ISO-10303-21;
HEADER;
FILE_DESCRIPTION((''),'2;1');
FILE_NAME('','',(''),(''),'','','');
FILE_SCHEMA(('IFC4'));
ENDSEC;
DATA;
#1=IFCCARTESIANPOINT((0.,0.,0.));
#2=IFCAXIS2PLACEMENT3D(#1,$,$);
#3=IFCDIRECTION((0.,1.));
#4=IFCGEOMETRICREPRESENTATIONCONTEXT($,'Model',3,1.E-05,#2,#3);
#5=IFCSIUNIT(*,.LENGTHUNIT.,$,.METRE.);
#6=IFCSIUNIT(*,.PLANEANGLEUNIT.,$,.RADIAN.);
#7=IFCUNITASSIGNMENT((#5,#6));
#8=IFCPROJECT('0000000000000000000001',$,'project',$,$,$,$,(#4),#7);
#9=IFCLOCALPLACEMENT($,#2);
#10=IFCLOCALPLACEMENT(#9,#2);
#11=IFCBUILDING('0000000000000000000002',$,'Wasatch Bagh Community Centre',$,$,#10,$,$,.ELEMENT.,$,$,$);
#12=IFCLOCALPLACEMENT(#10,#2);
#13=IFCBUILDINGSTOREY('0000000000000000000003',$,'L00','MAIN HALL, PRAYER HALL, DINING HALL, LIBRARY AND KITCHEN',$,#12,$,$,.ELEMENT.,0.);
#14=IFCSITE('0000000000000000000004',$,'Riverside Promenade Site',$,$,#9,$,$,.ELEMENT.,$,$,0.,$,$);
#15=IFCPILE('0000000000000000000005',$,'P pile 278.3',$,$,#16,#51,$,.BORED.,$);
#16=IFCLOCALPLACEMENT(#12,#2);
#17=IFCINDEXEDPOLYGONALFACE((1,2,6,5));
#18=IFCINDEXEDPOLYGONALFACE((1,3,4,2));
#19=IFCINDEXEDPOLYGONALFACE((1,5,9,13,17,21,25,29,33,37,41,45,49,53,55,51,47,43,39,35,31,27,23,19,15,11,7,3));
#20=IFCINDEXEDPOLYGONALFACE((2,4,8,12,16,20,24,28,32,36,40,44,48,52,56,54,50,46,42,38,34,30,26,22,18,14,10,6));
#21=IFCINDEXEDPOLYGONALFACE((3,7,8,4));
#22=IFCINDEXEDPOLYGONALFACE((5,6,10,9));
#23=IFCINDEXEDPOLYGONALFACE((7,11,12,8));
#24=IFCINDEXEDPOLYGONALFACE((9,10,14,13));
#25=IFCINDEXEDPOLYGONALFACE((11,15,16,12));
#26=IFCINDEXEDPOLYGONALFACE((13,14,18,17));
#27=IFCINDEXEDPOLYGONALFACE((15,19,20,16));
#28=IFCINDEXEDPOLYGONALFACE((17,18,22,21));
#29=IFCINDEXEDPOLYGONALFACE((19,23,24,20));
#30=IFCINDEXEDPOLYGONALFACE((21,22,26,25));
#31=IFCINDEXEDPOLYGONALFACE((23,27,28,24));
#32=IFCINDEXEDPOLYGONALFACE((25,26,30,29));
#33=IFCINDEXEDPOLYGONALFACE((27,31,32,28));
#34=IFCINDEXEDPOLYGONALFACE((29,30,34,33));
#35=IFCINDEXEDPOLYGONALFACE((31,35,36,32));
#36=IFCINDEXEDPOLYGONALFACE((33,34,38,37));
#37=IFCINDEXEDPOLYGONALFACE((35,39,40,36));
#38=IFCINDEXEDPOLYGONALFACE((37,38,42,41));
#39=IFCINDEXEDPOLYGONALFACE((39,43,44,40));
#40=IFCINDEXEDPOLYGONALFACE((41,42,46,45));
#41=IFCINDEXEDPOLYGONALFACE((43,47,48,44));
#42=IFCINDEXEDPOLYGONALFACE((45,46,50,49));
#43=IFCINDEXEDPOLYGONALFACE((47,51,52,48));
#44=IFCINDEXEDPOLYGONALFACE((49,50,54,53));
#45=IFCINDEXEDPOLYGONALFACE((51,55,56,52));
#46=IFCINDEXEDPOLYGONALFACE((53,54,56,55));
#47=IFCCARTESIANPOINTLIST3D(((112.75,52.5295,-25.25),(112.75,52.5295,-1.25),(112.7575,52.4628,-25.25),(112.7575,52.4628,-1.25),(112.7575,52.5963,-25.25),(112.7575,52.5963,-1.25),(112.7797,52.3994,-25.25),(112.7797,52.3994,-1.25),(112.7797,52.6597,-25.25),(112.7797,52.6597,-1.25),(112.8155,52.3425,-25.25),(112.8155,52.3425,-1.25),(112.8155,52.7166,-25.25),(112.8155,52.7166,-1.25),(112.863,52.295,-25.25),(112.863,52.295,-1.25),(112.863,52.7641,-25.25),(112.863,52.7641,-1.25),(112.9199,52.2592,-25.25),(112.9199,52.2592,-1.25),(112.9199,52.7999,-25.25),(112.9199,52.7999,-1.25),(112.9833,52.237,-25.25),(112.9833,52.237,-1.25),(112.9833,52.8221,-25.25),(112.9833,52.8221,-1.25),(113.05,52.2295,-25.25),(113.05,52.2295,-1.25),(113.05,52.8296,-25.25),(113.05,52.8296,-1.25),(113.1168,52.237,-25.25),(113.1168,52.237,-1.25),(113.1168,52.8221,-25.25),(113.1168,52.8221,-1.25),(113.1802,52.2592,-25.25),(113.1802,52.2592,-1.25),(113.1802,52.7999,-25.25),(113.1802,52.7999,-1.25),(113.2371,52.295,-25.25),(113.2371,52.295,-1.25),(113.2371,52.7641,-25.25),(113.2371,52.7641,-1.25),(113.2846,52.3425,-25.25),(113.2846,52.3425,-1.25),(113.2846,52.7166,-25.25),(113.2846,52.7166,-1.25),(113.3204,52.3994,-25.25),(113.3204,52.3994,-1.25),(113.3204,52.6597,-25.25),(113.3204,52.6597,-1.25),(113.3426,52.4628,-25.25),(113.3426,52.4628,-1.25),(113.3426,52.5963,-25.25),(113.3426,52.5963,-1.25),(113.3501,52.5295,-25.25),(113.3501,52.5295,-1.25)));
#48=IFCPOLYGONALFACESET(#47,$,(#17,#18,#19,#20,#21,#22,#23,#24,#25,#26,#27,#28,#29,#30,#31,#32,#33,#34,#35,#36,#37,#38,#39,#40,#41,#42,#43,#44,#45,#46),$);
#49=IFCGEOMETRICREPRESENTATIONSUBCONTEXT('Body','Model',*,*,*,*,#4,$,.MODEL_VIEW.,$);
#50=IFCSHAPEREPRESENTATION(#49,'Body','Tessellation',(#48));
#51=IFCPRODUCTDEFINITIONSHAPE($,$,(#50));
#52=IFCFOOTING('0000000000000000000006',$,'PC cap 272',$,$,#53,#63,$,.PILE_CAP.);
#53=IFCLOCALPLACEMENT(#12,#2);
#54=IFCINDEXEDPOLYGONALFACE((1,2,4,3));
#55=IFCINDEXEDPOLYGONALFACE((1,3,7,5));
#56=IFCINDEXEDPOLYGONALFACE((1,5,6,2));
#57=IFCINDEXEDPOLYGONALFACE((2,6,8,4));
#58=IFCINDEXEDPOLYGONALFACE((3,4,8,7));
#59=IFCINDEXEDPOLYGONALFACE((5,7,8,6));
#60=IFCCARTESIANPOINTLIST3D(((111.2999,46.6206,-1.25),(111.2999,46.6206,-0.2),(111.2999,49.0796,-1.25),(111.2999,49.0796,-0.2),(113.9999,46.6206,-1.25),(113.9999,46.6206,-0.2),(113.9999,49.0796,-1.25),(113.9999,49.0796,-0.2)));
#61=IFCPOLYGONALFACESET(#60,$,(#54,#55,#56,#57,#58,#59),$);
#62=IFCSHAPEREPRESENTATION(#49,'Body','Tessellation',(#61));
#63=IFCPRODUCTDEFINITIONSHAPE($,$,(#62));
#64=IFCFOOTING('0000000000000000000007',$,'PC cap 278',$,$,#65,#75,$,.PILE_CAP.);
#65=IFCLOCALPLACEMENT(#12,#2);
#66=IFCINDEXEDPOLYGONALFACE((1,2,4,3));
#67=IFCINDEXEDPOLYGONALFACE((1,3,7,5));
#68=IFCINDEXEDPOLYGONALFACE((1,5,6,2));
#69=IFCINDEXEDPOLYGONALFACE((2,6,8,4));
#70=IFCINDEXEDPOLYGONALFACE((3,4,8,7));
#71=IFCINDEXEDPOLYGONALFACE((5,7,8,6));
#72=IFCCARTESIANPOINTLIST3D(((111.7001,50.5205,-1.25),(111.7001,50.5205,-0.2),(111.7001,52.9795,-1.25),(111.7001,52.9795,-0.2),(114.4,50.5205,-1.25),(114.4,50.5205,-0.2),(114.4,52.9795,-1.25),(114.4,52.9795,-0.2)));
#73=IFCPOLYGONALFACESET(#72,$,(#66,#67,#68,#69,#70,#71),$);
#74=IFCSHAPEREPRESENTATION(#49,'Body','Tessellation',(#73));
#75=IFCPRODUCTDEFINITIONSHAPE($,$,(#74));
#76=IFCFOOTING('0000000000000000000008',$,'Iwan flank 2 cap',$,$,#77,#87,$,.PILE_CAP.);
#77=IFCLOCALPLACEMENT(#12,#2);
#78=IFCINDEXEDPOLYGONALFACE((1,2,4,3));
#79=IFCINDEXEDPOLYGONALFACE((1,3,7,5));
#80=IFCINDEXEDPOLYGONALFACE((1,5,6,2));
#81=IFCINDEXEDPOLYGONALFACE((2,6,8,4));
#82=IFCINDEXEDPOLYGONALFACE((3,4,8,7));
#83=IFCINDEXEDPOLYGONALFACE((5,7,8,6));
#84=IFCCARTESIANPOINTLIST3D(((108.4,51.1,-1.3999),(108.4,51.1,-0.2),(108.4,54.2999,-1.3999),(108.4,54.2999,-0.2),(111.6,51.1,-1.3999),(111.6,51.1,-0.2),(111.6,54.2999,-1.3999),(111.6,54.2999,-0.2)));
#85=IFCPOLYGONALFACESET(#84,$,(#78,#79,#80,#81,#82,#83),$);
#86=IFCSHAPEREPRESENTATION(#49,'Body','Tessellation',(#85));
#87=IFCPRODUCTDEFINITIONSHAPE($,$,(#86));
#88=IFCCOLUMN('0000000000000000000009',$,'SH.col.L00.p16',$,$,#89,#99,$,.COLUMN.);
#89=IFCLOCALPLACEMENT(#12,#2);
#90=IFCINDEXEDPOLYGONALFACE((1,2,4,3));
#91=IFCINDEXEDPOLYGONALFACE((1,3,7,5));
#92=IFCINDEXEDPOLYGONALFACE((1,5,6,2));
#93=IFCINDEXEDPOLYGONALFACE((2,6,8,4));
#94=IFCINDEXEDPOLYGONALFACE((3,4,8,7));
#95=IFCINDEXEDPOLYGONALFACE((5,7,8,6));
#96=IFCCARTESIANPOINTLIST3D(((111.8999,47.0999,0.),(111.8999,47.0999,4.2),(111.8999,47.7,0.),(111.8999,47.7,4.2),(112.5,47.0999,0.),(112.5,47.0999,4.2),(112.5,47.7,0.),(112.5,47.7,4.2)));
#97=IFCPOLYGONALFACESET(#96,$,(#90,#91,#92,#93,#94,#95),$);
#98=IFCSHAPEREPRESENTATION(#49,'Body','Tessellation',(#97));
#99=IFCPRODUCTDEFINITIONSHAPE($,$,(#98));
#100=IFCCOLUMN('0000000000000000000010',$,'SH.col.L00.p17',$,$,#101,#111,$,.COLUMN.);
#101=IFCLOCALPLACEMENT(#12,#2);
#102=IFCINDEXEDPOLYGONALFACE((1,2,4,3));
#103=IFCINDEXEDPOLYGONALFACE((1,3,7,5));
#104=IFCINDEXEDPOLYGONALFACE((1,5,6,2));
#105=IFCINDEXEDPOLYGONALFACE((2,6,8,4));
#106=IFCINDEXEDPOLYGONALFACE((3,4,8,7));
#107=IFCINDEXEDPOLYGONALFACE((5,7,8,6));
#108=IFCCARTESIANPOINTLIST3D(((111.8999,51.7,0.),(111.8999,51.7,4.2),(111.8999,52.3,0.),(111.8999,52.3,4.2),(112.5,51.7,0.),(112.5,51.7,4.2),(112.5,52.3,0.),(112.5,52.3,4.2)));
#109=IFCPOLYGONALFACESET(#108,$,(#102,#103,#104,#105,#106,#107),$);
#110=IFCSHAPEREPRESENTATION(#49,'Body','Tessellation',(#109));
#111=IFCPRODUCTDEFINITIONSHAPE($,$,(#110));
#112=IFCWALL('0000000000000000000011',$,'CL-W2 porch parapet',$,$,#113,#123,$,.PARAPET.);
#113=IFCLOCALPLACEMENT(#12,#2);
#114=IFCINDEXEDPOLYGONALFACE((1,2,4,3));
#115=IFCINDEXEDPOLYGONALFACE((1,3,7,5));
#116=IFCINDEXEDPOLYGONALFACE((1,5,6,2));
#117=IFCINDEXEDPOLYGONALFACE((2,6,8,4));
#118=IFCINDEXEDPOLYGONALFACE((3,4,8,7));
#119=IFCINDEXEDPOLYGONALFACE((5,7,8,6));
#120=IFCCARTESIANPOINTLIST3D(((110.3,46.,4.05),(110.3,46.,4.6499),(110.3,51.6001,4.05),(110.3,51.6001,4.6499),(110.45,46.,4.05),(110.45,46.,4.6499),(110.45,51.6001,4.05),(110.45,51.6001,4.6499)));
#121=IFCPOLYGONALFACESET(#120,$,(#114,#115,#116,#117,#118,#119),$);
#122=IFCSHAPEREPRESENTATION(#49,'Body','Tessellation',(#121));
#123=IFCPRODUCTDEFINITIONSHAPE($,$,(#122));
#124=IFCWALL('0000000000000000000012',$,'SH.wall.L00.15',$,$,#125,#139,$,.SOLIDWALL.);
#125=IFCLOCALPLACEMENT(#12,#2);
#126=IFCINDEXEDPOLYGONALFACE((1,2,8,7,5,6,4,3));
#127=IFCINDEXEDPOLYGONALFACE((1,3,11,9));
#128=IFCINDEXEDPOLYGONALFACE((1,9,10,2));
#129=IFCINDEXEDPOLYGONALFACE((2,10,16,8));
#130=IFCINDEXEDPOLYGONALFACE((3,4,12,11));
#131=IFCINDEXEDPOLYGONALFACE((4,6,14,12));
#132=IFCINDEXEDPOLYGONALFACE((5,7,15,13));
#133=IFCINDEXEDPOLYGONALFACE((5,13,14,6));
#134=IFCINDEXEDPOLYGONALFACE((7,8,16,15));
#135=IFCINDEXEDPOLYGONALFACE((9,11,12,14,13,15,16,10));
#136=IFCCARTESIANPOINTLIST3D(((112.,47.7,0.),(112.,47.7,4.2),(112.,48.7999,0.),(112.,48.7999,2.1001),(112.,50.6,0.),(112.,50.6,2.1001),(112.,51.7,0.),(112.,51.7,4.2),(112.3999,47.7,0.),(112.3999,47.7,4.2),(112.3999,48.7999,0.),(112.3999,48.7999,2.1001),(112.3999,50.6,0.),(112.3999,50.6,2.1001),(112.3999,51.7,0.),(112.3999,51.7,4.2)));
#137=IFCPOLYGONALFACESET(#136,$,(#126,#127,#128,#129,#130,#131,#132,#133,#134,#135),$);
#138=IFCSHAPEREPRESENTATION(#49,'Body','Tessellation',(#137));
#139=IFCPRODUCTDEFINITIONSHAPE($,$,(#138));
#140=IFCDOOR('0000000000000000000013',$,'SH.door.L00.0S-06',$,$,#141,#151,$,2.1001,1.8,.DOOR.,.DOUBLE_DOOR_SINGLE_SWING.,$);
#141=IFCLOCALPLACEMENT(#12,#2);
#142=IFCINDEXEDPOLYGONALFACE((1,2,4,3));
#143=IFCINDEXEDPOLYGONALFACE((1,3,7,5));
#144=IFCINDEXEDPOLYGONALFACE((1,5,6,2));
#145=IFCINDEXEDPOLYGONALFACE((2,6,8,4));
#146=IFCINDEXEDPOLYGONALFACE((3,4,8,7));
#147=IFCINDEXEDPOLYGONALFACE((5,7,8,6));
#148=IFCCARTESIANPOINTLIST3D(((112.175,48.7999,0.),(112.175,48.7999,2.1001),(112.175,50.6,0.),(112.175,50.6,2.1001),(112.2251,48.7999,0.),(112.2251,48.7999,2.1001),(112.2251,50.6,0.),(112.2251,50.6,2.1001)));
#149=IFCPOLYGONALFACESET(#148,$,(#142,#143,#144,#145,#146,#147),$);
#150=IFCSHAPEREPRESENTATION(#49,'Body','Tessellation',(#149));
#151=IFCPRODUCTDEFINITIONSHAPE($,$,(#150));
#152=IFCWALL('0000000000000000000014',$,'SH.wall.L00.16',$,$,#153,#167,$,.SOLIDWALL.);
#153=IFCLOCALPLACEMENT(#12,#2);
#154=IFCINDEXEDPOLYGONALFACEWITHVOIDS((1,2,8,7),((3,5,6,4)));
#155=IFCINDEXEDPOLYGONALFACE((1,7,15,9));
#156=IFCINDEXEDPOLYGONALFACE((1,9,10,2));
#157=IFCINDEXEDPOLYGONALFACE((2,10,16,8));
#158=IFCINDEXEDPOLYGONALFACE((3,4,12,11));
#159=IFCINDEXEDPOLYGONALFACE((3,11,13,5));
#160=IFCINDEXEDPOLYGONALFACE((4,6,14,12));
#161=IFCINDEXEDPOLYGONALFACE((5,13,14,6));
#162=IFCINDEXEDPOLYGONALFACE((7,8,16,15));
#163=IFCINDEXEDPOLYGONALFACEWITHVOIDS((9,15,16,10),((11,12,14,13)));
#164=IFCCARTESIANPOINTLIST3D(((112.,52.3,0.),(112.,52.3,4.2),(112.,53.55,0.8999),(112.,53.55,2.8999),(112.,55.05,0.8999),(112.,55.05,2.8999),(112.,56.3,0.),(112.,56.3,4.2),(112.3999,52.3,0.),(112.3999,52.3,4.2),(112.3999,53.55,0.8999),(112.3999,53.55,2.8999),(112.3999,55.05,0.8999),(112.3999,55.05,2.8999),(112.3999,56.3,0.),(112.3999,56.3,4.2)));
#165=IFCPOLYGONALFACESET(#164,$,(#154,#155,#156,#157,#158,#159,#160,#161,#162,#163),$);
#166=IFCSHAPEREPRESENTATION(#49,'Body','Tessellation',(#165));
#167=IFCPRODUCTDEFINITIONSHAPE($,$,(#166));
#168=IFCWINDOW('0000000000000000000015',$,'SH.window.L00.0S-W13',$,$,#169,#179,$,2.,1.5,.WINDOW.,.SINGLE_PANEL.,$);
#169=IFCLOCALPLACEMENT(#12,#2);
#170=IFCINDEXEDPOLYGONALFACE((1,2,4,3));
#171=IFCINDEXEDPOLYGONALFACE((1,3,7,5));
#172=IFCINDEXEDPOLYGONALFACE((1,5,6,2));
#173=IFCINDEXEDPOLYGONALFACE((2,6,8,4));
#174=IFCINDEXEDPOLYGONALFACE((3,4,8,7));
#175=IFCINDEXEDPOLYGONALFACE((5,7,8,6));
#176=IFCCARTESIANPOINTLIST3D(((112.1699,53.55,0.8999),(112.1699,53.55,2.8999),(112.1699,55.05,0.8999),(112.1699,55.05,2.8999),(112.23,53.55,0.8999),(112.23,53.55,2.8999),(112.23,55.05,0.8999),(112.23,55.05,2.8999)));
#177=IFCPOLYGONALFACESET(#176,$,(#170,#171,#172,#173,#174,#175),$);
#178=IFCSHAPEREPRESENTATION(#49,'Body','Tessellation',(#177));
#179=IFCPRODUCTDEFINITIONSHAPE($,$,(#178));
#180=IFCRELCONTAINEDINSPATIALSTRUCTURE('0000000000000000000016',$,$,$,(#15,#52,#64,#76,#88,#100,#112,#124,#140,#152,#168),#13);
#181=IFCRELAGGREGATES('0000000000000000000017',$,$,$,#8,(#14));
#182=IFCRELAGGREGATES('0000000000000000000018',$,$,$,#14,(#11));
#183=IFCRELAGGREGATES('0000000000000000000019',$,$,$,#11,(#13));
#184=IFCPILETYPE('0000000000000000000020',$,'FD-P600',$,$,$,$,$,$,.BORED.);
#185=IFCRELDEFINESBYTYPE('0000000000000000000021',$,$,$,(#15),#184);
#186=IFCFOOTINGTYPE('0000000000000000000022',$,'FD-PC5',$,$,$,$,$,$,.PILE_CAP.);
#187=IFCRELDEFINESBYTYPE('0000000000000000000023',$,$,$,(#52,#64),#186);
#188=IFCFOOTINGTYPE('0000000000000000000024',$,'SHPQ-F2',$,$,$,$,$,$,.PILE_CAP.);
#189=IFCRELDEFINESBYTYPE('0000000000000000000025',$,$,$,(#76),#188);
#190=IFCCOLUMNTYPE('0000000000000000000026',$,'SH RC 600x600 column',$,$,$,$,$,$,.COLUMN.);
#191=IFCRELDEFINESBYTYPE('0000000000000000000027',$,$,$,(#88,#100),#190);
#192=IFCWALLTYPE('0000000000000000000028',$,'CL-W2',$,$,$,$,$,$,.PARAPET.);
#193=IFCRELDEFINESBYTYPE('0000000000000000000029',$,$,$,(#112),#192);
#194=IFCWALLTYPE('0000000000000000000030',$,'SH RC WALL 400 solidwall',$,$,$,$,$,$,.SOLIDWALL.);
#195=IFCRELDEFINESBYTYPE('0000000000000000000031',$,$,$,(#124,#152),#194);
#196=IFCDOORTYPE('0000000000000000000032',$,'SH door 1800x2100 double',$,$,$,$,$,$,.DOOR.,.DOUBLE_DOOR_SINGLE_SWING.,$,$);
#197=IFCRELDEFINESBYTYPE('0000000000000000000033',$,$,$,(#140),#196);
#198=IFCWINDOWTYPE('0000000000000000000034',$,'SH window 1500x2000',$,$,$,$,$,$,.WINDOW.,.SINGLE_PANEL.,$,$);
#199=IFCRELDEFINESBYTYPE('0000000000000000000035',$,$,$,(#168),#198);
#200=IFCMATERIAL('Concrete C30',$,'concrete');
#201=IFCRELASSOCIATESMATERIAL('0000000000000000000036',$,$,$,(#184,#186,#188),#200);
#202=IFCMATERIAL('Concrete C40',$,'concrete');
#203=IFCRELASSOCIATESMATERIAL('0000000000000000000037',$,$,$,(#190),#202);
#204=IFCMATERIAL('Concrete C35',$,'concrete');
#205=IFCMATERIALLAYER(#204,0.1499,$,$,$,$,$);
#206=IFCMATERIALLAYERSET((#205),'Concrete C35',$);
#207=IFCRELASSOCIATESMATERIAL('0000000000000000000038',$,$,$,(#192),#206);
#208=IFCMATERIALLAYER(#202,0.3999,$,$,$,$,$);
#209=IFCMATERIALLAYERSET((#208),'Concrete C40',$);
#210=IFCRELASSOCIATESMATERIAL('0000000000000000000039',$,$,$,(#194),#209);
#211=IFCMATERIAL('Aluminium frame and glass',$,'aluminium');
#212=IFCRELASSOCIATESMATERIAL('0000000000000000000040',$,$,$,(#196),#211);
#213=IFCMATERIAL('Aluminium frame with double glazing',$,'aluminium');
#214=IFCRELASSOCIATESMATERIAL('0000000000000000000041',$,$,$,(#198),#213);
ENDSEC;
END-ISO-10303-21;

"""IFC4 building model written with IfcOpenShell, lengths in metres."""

from ifc_helpers import new_model, si_unit, direction, frame, frame_2d, origin, origin_2d, place, context, subcontext, project, spatial, rectangle, circle, extrude, material, layer, layer_set, material_profile, profile_set, type_object, element, fill, save


model = new_model("IFC4")

# Units and contexts
model_context = context("Model", 3, precision=1e-05, world=origin(), true_north=direction((0.0, 1.0)))
body_context = subcontext(model_context, "Body", "Model", "MODEL_VIEW")
ifc_project = project(units=[si_unit("LENGTHUNIT", "METRE"), si_unit("PLANEANGLEUNIT", "RADIAN")], contexts=[model_context])

# Site, building, storey
site_placement = place(None, origin())
site = spatial("IfcSite", under=ifc_project, at=site_placement, Name="Riverside Promenade Site", CompositionType="ELEMENT", RefElevation=0.0)
building_placement = place(site_placement, origin())
building = spatial("IfcBuilding", under=site, at=building_placement, Name="Wasatch Bagh Community Centre", CompositionType="ELEMENT")
storey_placement = place(building_placement, origin())
storey = spatial("IfcBuildingStorey", under=building, at=storey_placement, Name="L00", Description="MAIN HALL, PRAYER HALL, DINING HALL, LIBRARY AND KITCHEN", CompositionType="ELEMENT", Elevation=0.0)

# Shared definitions
ifc_material_1 = material(Name="Concrete C35", Category="concrete")

# Pile
ifc_material_2 = material(Name="Concrete C30", Category="concrete")
ifc_material_profile_1 = material_profile(ifc_material_2, circle(Radius=0.3, at=origin_2d()), Name="RC D600")
ifc_profile_set_1 = profile_set([ifc_material_profile_1], Name="Concrete C30")
pile_type_1 = type_object("IfcPileType", Name="FD-P600", PredefinedType="BORED", material=ifc_profile_set_1)
for number, where, z_axis, x_axis, name in (
    (1, (113.05, 52.5295, -1.25), (0.0, 0.0, -1.0), (1.0, 0.0, 0.0), "P pile 278.3"),
):
    element("IfcPile", number, at=place(storey_placement, frame(where, z_axis=z_axis, x_axis=x_axis)), inside=storey, type_object=pile_type_1, Name=name, PredefinedType="BORED", context=body_context, shape_type="SweptSolid", body=[
        extrude(circle(Radius=0.3, at=origin_2d()), origin(), (0.0, 0.0, 1.0), 24.0),
    ])

# Footings
footing_type_1 = type_object("IfcFootingType", Name="FD-PC5", PredefinedType="PILE_CAP", material=ifc_material_2)
for number, where, z_axis, x_axis, name in (
    (2, (112.6499, 47.8501, -1.25), (0.0, 0.0, 1.0), (1.0, 0.0, 0.0), "PC cap 272"),
    (3, (113.05, 51.75, -1.25), (0.0, 0.0, 1.0), (1.0, 0.0, 0.0), "PC cap 278"),
):
    element("IfcFooting", number, at=place(storey_placement, frame(where, z_axis=z_axis, x_axis=x_axis)), inside=storey, type_object=footing_type_1, Name=name, PredefinedType="PILE_CAP", context=body_context, shape_type="SweptSolid", body=[
        extrude(rectangle(XDim=2.7, YDim=2.459, at=origin_2d()), origin(), (0.0, 0.0, 1.0), 1.05),
    ])
footing_type_2 = type_object("IfcFootingType", Name="SHPQ-F2", PredefinedType="PILE_CAP", material=ifc_material_2)
footing_1_placement = place(storey_placement, frame((110.0, 52.7, -1.3999), z_axis=(0.0, 0.0, 1.0), x_axis=(-1.0, 0.0, 0.0)))
element("IfcFooting", 4, at=footing_1_placement, inside=storey, type_object=footing_type_2, Name="Iwan flank 2 cap", PredefinedType="PILE_CAP", context=body_context, shape_type="SweptSolid", body=[
    extrude(rectangle(XDim=3.2, YDim=3.2, at=origin_2d()), origin(), (0.0, 0.0, 1.0), 1.2),
])

# Columns
ifc_material_3 = material(Name="Concrete C40", Category="concrete")
ifc_material_profile_2 = material_profile(ifc_material_3, rectangle(XDim=0.6001, YDim=0.6001, at=origin_2d()), Name="RC 600x600")
ifc_profile_set_2 = profile_set([ifc_material_profile_2], Name="Concrete C40")
column_type = type_object("IfcColumnType", Name="SH RC 600x600 column", PredefinedType="COLUMN", material=ifc_profile_set_2)
for number, where, z_axis, x_axis, name in (
    (5, (112.2, 47.3999, 0.0), (0.0, 0.0, 1.0), (1.0, 0.0, 0.0), "SH.col.L00.p16"),
    (6, (112.2, 52.0, 0.0), (0.0, 0.0, 1.0), (1.0, 0.0, 0.0), "SH.col.L00.p17"),
):
    element("IfcColumn", number, at=place(storey_placement, frame(where, z_axis=z_axis, x_axis=x_axis)), inside=storey, type_object=column_type, Name=name, PredefinedType="COLUMN", context=body_context, shape_type="SweptSolid", body=[
        extrude(rectangle(XDim=0.6001, YDim=0.6001, at=origin_2d()), origin(), (0.0, 0.0, 1.0), 4.2),
    ])

# Wall
ifc_layer_1 = layer(ifc_material_1, 0.1499)
ifc_layer_set_1 = layer_set([ifc_layer_1], Name="Concrete C35")
wall_type_1 = type_object("IfcWallType", Name="CL-W2", PredefinedType="PARAPET", material=ifc_layer_set_1)
wall_1_placement = place(storey_placement, frame((110.375, 46.0, 4.05), z_axis=(0.0, 0.0, 1.0), x_axis=(0.0, 1.0, 0.0)))
element("IfcWall", 7, at=wall_1_placement, inside=storey, type_object=wall_type_1, Name="CL-W2 porch parapet", PredefinedType="PARAPET", context=body_context, shape_type="SweptSolid", body=[
    extrude(rectangle(XDim=5.6001, YDim=0.1499, at=frame_2d((2.8, 0.0))), origin(), (0.0, 0.0, 1.0), 0.5999),
])

# Wall, opening, door
ifc_layer_2 = layer(ifc_material_3, 0.3999)
ifc_layer_set_2 = layer_set([ifc_layer_2], Name="Concrete C40")
wall_type_2 = type_object("IfcWallType", Name="SH RC WALL 400 solidwall", PredefinedType="SOLIDWALL", material=ifc_layer_set_2)
wall_2_placement = place(storey_placement, frame((112.2, 47.7, 0.0), z_axis=(0.0, 0.0, 1.0), x_axis=(0.0, 1.0, 0.0)))
wall_2 = element("IfcWall", 8, at=wall_2_placement, inside=storey, type_object=wall_type_2, Name="SH.wall.L00.15", PredefinedType="SOLIDWALL", context=body_context, shape_type="SweptSolid", body=[
    extrude(rectangle(XDim=4.0, YDim=0.3999, at=frame_2d((2.0, 0.0))), origin(), (0.0, 0.0, 1.0), 4.2),
])
opening_1_placement = place(wall_2_placement, frame((1.1001, 0.0, 0.0)))
opening_1 = element("IfcOpeningElement", 9, at=opening_1_placement, cuts=wall_2, PredefinedType="OPENING", context=body_context, shape_type="SweptSolid", body=[
    extrude(rectangle(XDim=1.8, YDim=2.1001, at=frame_2d((0.8999, 1.05))), frame((0.0, 0.21, 0.0), z_axis=(0.0, -1.0, 0.0), x_axis=(1.0, 0.0, 0.0)), (0.0, 0.0, 1.0), 0.4199),
])
ifc_material_4 = material(Name="Aluminium frame and glass", Category="aluminium")
door_type = type_object("IfcDoorType", Name="SH door 1800x2100 double", OperationType="DOUBLE_DOOR_SINGLE_SWING", PredefinedType="DOOR", material=ifc_material_4)
door_placement = place(opening_1_placement, origin())
door = element("IfcDoor", 10, at=door_placement, inside=storey, type_object=door_type, Name="SH.door.L00.0S-06", OperationType="DOUBLE_DOOR_SINGLE_SWING", OverallHeight=2.1001, OverallWidth=1.8, PredefinedType="DOOR", context=body_context, shape_type="SweptSolid", body=[
    extrude(rectangle(XDim=1.8, YDim=2.1001, at=frame_2d((0.8999, 1.05))), frame((0.0, 0.0249, 0.0), z_axis=(0.0, -1.0, 0.0), x_axis=(1.0, 0.0, 0.0)), (0.0, 0.0, 1.0), 0.05),
])
fill(opening_1, door)

# Wall, opening, window
wall_3_placement = place(storey_placement, frame((112.2, 52.3, 0.0), z_axis=(0.0, 0.0, 1.0), x_axis=(0.0, 1.0, 0.0)))
wall_3 = element("IfcWall", 11, at=wall_3_placement, inside=storey, type_object=wall_type_2, Name="SH.wall.L00.16", PredefinedType="SOLIDWALL", context=body_context, shape_type="SweptSolid", body=[
    extrude(rectangle(XDim=4.0, YDim=0.3999, at=frame_2d((2.0, 0.0))), origin(), (0.0, 0.0, 1.0), 4.2),
])
opening_2_placement = place(wall_3_placement, frame((1.25, 0.0, 0.8999)))
opening_2 = element("IfcOpeningElement", 12, at=opening_2_placement, cuts=wall_3, PredefinedType="OPENING", context=body_context, shape_type="SweptSolid", body=[
    extrude(rectangle(XDim=1.5, YDim=2.0, at=frame_2d((0.75, 1.0))), frame((0.0, 0.21, 0.0), z_axis=(0.0, -1.0, 0.0), x_axis=(1.0, 0.0, 0.0)), (0.0, 0.0, 1.0), 0.4199),
])
ifc_material_5 = material(Name="Aluminium frame with double glazing", Category="aluminium")
window_type = type_object("IfcWindowType", Name="SH window 1500x2000", PartitioningType="SINGLE_PANEL", PredefinedType="WINDOW", material=ifc_material_5)
window_placement = place(opening_2_placement, origin())
window = element("IfcWindow", 13, at=window_placement, inside=storey, type_object=window_type, Name="SH.window.L00.0S-W13", OverallHeight=2.0, OverallWidth=1.5, PartitioningType="SINGLE_PANEL", PredefinedType="WINDOW", context=body_context, shape_type="SweptSolid", body=[
    extrude(rectangle(XDim=1.5, YDim=2.0, at=frame_2d((0.75, 1.0))), frame((0.0, 0.03, 0.0), z_axis=(0.0, -1.0, 0.0), x_axis=(1.0, 0.0, 0.0)), (0.0, 0.0, 1.0), 0.0601),
])
fill(opening_2, window)

save(model, "model.ifc")
